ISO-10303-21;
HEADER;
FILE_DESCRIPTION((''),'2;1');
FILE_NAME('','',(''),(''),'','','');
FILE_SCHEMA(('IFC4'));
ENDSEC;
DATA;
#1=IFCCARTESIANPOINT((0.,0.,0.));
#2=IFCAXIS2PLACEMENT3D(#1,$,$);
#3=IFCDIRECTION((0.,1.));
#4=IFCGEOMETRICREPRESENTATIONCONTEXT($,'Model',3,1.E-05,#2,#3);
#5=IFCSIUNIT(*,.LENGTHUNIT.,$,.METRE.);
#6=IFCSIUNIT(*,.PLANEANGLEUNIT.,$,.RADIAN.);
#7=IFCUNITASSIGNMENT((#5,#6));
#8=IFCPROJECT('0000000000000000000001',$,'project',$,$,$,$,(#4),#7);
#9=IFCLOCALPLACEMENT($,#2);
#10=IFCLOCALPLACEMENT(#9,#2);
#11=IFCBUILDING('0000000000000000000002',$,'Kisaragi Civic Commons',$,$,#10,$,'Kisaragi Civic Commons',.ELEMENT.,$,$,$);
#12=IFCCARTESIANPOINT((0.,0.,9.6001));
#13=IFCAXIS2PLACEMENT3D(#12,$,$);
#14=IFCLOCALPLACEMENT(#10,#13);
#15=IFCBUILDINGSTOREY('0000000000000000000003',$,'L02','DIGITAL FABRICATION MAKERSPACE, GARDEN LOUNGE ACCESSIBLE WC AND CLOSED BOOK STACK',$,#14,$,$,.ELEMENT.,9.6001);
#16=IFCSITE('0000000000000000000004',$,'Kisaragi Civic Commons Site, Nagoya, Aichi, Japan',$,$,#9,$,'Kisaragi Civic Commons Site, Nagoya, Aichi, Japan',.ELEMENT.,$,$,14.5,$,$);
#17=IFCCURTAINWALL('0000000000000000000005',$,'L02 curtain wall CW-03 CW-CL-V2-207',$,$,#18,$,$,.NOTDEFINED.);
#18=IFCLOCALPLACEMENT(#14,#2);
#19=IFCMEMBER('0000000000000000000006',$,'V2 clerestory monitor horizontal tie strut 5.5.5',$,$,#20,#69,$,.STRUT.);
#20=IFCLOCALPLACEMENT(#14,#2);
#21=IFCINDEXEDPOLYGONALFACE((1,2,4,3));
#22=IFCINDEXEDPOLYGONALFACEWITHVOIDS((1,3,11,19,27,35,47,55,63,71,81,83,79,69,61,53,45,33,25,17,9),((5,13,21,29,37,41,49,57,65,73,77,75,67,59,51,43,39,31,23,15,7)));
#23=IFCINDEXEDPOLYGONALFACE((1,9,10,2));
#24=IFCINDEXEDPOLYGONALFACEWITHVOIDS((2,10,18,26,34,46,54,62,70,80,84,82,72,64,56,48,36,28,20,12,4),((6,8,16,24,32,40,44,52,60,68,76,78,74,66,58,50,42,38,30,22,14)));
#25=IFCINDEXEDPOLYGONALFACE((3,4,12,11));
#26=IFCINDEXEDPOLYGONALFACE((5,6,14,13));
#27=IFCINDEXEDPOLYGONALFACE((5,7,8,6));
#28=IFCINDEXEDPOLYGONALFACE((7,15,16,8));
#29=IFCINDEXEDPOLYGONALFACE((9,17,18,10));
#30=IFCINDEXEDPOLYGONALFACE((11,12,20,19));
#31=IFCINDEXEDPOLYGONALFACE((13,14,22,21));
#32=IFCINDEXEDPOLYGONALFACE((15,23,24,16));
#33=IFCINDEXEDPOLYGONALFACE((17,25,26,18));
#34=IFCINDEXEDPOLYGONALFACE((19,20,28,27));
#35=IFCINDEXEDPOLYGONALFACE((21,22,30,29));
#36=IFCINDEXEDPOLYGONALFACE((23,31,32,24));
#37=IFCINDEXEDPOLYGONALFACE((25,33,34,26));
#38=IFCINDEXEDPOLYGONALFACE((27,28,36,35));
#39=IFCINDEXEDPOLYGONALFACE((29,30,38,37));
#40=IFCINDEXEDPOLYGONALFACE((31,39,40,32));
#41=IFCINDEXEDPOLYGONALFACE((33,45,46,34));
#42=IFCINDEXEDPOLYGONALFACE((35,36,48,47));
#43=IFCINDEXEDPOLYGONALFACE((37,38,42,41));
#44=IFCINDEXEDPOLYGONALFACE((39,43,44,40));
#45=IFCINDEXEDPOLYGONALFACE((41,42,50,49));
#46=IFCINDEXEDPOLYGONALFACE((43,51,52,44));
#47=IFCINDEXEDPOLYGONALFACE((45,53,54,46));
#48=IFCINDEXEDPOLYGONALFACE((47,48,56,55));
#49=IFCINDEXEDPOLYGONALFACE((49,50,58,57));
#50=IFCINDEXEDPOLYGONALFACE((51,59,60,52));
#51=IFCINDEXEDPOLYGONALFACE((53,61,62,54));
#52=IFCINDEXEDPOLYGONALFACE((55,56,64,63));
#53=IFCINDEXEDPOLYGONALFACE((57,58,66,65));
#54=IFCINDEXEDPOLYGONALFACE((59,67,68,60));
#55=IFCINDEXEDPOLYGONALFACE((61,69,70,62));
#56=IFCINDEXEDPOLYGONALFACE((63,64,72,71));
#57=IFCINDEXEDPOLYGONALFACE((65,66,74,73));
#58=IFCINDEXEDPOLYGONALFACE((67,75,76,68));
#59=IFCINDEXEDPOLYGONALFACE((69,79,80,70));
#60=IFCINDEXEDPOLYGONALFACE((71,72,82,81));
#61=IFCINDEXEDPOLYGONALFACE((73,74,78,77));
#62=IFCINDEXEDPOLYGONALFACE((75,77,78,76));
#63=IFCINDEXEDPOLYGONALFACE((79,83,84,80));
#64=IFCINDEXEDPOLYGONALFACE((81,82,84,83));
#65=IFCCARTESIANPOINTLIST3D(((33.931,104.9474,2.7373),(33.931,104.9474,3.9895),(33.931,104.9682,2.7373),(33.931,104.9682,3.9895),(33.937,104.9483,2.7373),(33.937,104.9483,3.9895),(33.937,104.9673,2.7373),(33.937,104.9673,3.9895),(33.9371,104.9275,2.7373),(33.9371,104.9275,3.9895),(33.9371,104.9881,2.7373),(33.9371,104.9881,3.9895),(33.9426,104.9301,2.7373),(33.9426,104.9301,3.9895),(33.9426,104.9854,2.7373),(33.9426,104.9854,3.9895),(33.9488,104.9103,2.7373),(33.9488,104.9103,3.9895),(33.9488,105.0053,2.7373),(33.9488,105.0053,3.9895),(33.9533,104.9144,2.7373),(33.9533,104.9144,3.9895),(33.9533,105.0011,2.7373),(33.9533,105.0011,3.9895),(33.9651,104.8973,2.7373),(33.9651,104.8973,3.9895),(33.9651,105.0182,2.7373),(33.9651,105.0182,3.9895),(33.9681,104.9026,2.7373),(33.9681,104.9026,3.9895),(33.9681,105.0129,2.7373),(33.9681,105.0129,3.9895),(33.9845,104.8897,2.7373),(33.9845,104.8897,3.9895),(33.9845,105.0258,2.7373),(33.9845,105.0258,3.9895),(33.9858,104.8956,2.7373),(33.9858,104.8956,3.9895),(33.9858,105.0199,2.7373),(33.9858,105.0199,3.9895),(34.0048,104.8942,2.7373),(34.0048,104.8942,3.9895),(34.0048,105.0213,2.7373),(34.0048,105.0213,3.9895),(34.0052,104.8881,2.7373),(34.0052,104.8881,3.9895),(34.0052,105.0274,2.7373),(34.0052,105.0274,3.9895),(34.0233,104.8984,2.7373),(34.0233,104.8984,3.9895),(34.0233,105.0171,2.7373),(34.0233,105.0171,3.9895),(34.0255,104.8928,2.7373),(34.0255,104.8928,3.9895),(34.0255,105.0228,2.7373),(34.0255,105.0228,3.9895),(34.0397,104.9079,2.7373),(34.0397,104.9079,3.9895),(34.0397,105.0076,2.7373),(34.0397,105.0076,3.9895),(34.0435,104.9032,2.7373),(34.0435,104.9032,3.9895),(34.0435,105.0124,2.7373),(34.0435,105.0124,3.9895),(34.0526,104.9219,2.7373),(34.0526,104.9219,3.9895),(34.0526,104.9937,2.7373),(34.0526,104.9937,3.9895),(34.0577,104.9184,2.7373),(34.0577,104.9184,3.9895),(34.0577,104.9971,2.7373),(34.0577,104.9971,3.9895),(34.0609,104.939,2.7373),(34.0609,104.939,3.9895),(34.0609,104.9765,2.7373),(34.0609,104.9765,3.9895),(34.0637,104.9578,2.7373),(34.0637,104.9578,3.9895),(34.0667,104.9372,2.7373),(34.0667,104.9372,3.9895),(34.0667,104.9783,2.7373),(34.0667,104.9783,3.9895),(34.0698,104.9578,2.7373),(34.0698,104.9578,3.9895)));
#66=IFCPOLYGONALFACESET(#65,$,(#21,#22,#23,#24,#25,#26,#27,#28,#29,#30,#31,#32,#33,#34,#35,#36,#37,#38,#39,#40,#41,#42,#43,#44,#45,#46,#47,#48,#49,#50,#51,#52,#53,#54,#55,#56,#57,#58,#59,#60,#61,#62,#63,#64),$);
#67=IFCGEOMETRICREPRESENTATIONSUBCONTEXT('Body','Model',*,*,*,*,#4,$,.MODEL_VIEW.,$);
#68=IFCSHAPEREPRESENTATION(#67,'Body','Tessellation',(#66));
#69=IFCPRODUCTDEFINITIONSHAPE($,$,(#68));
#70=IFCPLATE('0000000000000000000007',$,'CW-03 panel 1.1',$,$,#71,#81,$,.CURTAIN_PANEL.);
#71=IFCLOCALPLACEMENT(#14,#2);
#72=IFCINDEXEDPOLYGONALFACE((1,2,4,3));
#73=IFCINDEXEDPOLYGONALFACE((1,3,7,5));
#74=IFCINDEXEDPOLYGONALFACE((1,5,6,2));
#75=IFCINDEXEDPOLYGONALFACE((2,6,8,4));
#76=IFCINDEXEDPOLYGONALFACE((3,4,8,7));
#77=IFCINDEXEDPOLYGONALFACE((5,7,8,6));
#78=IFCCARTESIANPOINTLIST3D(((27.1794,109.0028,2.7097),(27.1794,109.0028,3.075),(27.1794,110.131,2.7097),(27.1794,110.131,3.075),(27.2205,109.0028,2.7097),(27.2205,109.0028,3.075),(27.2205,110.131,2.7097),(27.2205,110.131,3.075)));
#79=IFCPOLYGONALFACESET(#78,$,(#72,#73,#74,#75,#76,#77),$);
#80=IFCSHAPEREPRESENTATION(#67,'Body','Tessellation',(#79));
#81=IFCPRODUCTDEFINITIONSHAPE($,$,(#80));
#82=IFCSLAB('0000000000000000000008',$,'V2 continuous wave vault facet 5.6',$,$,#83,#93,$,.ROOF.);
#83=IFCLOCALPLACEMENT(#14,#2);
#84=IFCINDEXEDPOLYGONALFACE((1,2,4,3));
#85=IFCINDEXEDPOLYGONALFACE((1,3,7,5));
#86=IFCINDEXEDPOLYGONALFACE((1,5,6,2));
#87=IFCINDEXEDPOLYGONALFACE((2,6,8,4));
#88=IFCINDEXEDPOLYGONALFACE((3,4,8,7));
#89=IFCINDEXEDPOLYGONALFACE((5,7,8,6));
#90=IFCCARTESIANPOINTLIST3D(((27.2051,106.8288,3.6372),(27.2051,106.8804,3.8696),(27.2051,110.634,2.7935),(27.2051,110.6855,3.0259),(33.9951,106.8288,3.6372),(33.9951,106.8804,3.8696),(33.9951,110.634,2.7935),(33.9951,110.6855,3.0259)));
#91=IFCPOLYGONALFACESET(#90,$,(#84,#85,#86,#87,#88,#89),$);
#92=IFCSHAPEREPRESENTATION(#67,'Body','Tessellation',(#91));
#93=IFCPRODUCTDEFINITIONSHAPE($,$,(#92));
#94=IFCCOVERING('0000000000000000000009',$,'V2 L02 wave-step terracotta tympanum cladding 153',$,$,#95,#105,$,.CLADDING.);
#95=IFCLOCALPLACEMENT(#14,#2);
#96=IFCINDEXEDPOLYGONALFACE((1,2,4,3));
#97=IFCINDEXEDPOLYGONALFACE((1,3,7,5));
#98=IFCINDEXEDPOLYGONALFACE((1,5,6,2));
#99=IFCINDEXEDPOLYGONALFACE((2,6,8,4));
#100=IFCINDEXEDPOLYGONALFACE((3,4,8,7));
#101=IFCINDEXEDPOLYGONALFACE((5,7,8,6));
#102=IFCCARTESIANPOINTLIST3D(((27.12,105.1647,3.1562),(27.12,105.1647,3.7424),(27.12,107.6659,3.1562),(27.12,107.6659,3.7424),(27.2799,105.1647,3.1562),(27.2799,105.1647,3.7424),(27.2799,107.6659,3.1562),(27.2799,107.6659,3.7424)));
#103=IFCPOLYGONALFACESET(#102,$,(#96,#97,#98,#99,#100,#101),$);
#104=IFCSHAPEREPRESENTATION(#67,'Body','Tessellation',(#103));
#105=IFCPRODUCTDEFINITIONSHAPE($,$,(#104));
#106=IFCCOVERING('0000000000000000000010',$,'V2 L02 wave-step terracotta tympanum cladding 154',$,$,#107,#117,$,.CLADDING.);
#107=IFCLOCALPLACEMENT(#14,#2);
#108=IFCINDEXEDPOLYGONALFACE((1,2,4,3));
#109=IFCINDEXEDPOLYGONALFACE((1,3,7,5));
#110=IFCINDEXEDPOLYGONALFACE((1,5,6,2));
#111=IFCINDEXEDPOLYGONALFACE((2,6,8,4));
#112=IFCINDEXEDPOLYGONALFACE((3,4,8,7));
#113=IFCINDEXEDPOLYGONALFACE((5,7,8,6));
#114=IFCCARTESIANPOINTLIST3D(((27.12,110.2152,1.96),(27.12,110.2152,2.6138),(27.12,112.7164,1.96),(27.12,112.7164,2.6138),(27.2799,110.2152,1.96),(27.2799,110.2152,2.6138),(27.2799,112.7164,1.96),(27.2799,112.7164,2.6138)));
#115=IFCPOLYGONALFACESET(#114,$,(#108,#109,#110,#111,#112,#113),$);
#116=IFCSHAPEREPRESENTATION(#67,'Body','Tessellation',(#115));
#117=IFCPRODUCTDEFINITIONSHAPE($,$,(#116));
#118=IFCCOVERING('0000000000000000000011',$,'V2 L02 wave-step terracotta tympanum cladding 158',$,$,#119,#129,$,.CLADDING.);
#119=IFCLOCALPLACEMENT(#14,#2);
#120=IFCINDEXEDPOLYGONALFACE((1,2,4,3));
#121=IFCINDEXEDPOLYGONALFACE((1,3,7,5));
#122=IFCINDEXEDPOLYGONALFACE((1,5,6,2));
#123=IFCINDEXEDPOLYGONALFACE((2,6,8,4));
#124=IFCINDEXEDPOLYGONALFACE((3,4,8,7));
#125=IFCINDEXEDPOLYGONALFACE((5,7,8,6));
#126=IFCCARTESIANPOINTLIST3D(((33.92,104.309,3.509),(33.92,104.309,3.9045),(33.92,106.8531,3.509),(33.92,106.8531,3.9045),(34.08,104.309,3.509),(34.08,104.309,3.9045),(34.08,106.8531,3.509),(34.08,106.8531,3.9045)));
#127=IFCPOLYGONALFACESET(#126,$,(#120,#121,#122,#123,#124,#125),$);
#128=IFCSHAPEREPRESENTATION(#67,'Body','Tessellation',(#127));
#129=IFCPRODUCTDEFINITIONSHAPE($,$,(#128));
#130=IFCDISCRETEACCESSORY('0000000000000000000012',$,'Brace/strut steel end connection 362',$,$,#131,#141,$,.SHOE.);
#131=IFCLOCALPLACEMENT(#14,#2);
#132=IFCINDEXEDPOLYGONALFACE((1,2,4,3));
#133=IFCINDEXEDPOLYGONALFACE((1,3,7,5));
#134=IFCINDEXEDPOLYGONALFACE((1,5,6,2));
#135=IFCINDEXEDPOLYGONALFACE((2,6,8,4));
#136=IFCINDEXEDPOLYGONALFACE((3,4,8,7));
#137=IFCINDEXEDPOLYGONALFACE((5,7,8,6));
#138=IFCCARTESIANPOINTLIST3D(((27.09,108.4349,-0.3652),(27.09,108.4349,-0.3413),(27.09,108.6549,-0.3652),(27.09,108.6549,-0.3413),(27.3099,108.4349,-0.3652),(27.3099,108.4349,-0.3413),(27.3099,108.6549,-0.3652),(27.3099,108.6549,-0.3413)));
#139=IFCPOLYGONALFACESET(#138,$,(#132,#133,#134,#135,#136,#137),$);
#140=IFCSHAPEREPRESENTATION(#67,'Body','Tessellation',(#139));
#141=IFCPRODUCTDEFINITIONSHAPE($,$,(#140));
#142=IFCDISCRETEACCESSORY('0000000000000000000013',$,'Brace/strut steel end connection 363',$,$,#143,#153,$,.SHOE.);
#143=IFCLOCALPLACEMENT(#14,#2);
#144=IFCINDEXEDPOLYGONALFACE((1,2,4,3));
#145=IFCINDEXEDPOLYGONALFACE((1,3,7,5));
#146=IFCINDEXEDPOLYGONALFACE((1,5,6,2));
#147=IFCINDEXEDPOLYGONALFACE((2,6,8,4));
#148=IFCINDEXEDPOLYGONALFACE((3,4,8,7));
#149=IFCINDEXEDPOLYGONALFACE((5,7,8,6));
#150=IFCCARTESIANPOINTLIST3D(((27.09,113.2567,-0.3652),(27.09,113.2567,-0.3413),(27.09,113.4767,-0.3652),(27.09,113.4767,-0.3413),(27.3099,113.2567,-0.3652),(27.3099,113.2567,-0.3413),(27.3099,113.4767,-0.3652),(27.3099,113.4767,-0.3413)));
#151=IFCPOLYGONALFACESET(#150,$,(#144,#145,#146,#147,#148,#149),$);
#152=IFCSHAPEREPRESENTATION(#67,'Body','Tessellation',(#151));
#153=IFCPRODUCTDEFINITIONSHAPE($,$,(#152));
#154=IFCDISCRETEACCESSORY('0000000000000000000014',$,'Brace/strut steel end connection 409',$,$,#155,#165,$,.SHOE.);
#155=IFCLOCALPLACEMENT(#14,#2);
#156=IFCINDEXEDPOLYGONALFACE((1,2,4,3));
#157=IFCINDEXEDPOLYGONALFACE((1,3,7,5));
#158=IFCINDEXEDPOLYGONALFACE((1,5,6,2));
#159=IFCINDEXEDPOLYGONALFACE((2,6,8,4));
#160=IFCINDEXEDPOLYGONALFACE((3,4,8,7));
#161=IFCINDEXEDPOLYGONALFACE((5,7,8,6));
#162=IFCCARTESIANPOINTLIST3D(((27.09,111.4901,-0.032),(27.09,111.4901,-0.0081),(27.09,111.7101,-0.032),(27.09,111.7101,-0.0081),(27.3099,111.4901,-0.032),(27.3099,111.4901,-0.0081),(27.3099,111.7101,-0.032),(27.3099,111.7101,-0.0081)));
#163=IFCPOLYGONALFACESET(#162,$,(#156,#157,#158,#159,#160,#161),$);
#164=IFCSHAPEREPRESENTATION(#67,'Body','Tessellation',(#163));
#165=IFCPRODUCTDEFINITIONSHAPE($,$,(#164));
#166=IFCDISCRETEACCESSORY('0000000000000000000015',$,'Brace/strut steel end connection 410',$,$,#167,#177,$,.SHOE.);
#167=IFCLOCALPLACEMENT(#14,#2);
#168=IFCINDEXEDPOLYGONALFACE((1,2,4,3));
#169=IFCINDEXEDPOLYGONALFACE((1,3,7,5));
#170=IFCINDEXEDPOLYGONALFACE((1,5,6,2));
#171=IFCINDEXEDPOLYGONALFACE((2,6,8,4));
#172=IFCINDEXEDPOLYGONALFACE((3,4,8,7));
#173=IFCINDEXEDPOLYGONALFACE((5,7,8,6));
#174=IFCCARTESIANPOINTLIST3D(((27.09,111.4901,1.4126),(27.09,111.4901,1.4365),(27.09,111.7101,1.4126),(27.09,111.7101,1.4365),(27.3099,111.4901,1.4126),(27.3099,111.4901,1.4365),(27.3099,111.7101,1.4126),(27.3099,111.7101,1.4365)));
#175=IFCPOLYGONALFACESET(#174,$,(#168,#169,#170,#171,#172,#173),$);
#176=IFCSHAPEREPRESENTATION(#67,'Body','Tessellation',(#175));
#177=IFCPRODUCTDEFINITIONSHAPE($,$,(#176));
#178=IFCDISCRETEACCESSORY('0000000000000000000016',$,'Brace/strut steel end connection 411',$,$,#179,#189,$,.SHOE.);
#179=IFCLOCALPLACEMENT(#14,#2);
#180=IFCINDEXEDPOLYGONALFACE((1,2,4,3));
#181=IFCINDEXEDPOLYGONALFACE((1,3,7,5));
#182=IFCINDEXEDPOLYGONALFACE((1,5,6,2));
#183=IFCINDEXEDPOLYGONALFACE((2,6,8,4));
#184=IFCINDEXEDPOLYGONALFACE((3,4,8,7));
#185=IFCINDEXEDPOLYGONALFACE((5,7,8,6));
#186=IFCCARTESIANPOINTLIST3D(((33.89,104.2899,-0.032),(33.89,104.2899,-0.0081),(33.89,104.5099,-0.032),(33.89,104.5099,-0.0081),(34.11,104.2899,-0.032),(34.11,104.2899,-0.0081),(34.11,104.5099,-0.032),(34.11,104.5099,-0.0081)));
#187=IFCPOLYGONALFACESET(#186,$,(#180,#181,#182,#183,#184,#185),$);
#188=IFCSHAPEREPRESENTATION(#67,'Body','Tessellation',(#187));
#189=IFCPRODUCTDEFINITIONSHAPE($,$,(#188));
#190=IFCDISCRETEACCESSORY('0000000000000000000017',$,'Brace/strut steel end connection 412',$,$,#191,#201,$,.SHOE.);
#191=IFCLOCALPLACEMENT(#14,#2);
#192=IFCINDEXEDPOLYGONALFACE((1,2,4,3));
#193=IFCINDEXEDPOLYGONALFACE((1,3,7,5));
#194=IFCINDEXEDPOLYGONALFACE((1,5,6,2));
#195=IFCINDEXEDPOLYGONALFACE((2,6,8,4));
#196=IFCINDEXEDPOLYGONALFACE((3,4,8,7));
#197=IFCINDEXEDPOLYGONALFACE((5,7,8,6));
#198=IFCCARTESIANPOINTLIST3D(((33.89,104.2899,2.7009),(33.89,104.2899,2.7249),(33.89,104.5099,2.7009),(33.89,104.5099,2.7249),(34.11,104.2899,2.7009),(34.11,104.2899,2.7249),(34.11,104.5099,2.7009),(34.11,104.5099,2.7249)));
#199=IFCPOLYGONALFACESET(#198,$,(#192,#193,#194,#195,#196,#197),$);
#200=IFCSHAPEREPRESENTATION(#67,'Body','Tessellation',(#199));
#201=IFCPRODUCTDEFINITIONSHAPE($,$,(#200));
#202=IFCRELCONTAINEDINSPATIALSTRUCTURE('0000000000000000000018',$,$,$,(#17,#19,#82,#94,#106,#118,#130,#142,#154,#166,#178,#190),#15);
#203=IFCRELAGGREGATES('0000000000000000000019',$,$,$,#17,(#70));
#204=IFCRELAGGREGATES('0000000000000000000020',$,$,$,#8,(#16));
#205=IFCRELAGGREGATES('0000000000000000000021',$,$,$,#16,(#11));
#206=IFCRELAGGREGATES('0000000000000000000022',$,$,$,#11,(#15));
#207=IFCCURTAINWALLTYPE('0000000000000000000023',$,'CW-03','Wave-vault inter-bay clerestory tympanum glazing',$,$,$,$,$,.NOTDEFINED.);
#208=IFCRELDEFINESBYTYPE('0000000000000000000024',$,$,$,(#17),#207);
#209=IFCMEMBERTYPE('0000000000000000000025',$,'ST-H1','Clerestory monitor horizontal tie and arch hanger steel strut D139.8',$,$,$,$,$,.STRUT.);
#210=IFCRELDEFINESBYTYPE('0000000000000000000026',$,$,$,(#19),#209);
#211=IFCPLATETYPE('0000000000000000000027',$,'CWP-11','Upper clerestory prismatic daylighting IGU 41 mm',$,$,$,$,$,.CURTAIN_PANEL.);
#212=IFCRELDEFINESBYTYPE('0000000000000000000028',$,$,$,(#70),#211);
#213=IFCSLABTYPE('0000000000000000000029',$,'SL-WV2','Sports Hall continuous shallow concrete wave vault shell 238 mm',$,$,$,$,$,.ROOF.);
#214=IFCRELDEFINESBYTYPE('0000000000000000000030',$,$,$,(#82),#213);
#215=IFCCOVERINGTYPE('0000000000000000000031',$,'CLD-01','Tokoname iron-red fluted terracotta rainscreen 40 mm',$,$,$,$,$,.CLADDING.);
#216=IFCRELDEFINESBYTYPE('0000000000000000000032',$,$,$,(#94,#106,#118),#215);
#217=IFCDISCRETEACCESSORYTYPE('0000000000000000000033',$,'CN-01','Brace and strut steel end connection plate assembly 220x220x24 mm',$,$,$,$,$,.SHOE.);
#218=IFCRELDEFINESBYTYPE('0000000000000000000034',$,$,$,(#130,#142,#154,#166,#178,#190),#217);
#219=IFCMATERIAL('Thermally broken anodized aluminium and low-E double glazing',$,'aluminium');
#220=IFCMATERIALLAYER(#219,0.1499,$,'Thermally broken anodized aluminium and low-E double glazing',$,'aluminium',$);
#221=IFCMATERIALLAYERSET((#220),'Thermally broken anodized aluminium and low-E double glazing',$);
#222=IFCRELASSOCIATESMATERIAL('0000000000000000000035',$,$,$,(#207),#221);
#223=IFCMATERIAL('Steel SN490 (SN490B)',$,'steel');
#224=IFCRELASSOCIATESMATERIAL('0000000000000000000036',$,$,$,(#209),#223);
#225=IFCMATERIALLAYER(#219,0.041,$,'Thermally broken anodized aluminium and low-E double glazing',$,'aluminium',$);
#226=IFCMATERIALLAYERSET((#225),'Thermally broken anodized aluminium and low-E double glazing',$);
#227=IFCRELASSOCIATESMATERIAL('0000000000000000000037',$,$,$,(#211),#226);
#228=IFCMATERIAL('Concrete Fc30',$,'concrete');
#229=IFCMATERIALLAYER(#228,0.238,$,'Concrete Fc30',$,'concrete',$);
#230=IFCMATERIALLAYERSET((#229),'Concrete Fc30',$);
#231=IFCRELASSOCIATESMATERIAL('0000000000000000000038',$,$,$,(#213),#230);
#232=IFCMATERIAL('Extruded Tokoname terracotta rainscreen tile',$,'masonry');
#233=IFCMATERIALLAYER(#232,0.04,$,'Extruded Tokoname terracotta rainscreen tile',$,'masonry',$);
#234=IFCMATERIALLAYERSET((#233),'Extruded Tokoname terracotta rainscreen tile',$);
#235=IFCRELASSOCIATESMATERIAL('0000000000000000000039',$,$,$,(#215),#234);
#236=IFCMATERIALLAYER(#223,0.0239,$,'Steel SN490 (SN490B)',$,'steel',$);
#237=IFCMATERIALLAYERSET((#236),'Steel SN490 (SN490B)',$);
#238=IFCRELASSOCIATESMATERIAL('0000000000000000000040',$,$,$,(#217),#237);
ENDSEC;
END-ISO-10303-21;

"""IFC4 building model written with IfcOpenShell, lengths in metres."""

from ifc_helpers import new_model, si_unit, direction, frame, origin, origin_2d, place, context, subcontext, project, spatial, polyline, rectangle, hollow_circle, outline, extrude, material, layer, layer_set, material_profile, profile_set, type_object, element, aggregate, save


model = new_model("IFC4")

# Units and contexts
model_context = context("Model", 3, precision=1e-05, world=origin(), true_north=direction((0.0, 1.0)))
body_context = subcontext(model_context, "Body", "Model", "MODEL_VIEW")
ifc_project = project(units=[si_unit("LENGTHUNIT", "METRE"), si_unit("PLANEANGLEUNIT", "RADIAN")], contexts=[model_context])

# Site, building, storey
site_placement = place(None, origin())
site = spatial("IfcSite", under=ifc_project, at=site_placement, Name="Kisaragi Civic Commons Site, Nagoya, Aichi, Japan", LongName="Kisaragi Civic Commons Site, Nagoya, Aichi, Japan", CompositionType="ELEMENT", RefElevation=14.5)
building_placement = place(site_placement, origin())
building = spatial("IfcBuilding", under=site, at=building_placement, Name="Kisaragi Civic Commons", LongName="Kisaragi Civic Commons", CompositionType="ELEMENT")
storey_placement = place(building_placement, frame((0.0, 0.0, 9.6001)))
storey = spatial("IfcBuildingStorey", under=building, at=storey_placement, Name="L02", Description="DIGITAL FABRICATION MAKERSPACE, GARDEN LOUNGE ACCESSIBLE WC AND CLOSED BOOK STACK", CompositionType="ELEMENT", Elevation=9.6001)

# Curtain wall
ifc_material_1 = material(Name="Thermally broken anodized aluminium and low-E double glazing", Category="aluminium")
ifc_layer_1 = layer(ifc_material_1, 0.1499, Name="Thermally broken anodized aluminium and low-E double glazing", Category="aluminium")
ifc_layer_set_1 = layer_set([ifc_layer_1], Name="Thermally broken anodized aluminium and low-E double glazing")
curtain_wall_type = type_object("IfcCurtainWallType", Name="CW-03", Description="Wave-vault inter-bay clerestory tympanum glazing", PredefinedType="NOTDEFINED", material=ifc_layer_set_1)
curtain_wall_placement = place(storey_placement, origin())
curtain_wall = element("IfcCurtainWall", 1, at=curtain_wall_placement, inside=storey, type_object=curtain_wall_type, Name="L02 curtain wall CW-03 CW-CL-V2-207", PredefinedType="NOTDEFINED")

# Member
ifc_material_2 = material(Name="Steel SN490 (SN490B)", Category="steel")
ifc_material_profile_1 = material_profile(ifc_material_2, hollow_circle(Radius=0.0698, WallThickness=0.0061, at=origin_2d()), Name="CHS-139.8x6.0", Category="steel")
ifc_profile_set_1 = profile_set([ifc_material_profile_1], Name="Steel SN490 (SN490B)")
member_type_1 = type_object("IfcMemberType", Name="ST-H1", Description="Clerestory monitor horizontal tie and arch hanger steel strut D139.8", PredefinedType="STRUT", material=ifc_profile_set_1)
member_1_placement = place(storey_placement, frame((34.0, 104.9578, 2.7373), z_axis=(0.0, 0.0, 1.0), x_axis=(1.0, 0.0, 0.0)))
element("IfcMember", 2, at=member_1_placement, inside=storey, type_object=member_type_1, Name="V2 clerestory monitor horizontal tie strut 5.5.5", PredefinedType="STRUT", context=body_context, shape_type="SweptSolid", body=[
    extrude(hollow_circle(Radius=0.0698, WallThickness=0.0061, at=origin_2d()), origin(), (0.0, 0.0, 1.0), 1.2522),
])

# Plate
ifc_layer_2 = layer(ifc_material_1, 0.041, Name="Thermally broken anodized aluminium and low-E double glazing", Category="aluminium")
ifc_layer_set_2 = layer_set([ifc_layer_2], Name="Thermally broken anodized aluminium and low-E double glazing")
plate_type = type_object("IfcPlateType", Name="CWP-11", Description="Upper clerestory prismatic daylighting IGU 41 mm", PredefinedType="CURTAIN_PANEL", material=ifc_layer_set_2)
plate_placement = place(storey_placement, frame((27.2, 109.5669, 2.7097), z_axis=(0.0, 0.0, 1.0), x_axis=(0.0, 1.0, 0.0)))
plate = element("IfcPlate", 3, at=plate_placement, type_object=plate_type, Name="CW-03 panel 1.1", PredefinedType="CURTAIN_PANEL", context=body_context, shape_type="SweptSolid", body=[
    extrude(rectangle(XDim=1.1282, YDim=0.041, at=origin_2d()), origin(), (0.0, 0.0, 1.0), 0.3652),
])
aggregate(curtain_wall, [plate])

# Slab
ifc_material_3 = material(Name="Concrete Fc30", Category="concrete")
ifc_layer_3 = layer(ifc_material_3, 0.238, Name="Concrete Fc30", Category="concrete")
ifc_layer_set_3 = layer_set([ifc_layer_3], Name="Concrete Fc30")
slab_type = type_object("IfcSlabType", Name="SL-WV2", Description="Sports Hall continuous shallow concrete wave vault shell 238 mm", PredefinedType="ROOF", material=ifc_layer_set_3)
slab_placement = place(storey_placement, frame((33.9951, 110.6855, 3.0259), z_axis=(0.0, 0.216479, 0.976287), x_axis=(-1.0, 0.0, 0.0)))
element("IfcSlab", 4, at=slab_placement, inside=storey, type_object=slab_type, Name="V2 continuous wave vault facet 5.6", PredefinedType="ROOF", context=body_context, shape_type="SweptSolid", body=[
    extrude(outline(polyline([(0.0, 0.0), (6.79, 0.0), (6.79, 3.8976), (0.0, 3.8976), (0.0, 0.0)])), origin(), (0.0, 0.0, -1.0), 0.238),
])

# Coverings
ifc_material_4 = material(Name="Extruded Tokoname terracotta rainscreen tile", Category="masonry")
ifc_layer_4 = layer(ifc_material_4, 0.04, Name="Extruded Tokoname terracotta rainscreen tile", Category="masonry")
ifc_layer_set_4 = layer_set([ifc_layer_4], Name="Extruded Tokoname terracotta rainscreen tile")
covering_type = type_object("IfcCoveringType", Name="CLD-01", Description="Tokoname iron-red fluted terracotta rainscreen 40 mm", PredefinedType="CLADDING", material=ifc_layer_set_4)
covering_1_placement = place(storey_placement, frame((27.2, 106.4153, 3.1562), z_axis=(0.0, 0.0, 1.0), x_axis=(0.0, 1.0, 0.0)))
element("IfcCovering", 5, at=covering_1_placement, inside=storey, type_object=covering_type, Name="V2 L02 wave-step terracotta tympanum cladding 153", PredefinedType="CLADDING", context=body_context, shape_type="SweptSolid", body=[
    extrude(rectangle(XDim=2.5012, YDim=0.1599, at=origin_2d()), origin(), (0.0, 0.0, 1.0), 0.5862),
])
covering_2_placement = place(storey_placement, frame((27.2, 111.4658, 1.96), z_axis=(0.0, 0.0, 1.0), x_axis=(0.0, 1.0, 0.0)))
element("IfcCovering", 6, at=covering_2_placement, inside=storey, type_object=covering_type, Name="V2 L02 wave-step terracotta tympanum cladding 154", PredefinedType="CLADDING", context=body_context, shape_type="SweptSolid", body=[
    extrude(rectangle(XDim=2.5012, YDim=0.1599, at=origin_2d()), origin(), (0.0, 0.0, 1.0), 0.6538),
])
covering_3_placement = place(storey_placement, frame((34.0, 105.5811, 3.509), z_axis=(0.0, 0.0, 1.0), x_axis=(0.0, 1.0, 0.0)))
element("IfcCovering", 7, at=covering_3_placement, inside=storey, type_object=covering_type, Name="V2 L02 wave-step terracotta tympanum cladding 158", PredefinedType="CLADDING", context=body_context, shape_type="SweptSolid", body=[
    extrude(rectangle(XDim=2.5442, YDim=0.1599, at=origin_2d()), origin(), (0.0, 0.0, 1.0), 0.3955),
])

# Discrete accessories
ifc_layer_5 = layer(ifc_material_2, 0.0239, Name="Steel SN490 (SN490B)", Category="steel")
ifc_layer_set_5 = layer_set([ifc_layer_5], Name="Steel SN490 (SN490B)")
discrete_accessory_type = type_object("IfcDiscreteAccessoryType", Name="CN-01", Description="Brace and strut steel end connection plate assembly 220x220x24 mm", PredefinedType="SHOE", material=ifc_layer_set_5)
for number, where, z_axis, x_axis, name in (
    (8, (27.2, 108.5449, -0.3652), (0.0, 0.0, 1.0), (1.0, 0.0, 0.0), "Brace/strut steel end connection 362"),
    (9, (27.2, 113.3667, -0.3652), (0.0, 0.0, 1.0), (1.0, 0.0, 0.0), "Brace/strut steel end connection 363"),
    (10, (27.2, 111.6001, -0.032), (0.0, 0.0, 1.0), (1.0, 0.0, 0.0), "Brace/strut steel end connection 409"),
    (11, (27.2, 111.6001, 1.4126), (0.0, 0.0, 1.0), (1.0, 0.0, 0.0), "Brace/strut steel end connection 410"),
    (12, (34.0, 104.3999, -0.032), (0.0, 0.0, 1.0), (1.0, 0.0, 0.0), "Brace/strut steel end connection 411"),
    (13, (34.0, 104.3999, 2.7009), (0.0, 0.0, 1.0), (1.0, 0.0, 0.0), "Brace/strut steel end connection 412"),
):
    element("IfcDiscreteAccessory", number, at=place(storey_placement, frame(where, z_axis=z_axis, x_axis=x_axis)), inside=storey, type_object=discrete_accessory_type, Name=name, PredefinedType="SHOE", context=body_context, shape_type="SweptSolid", body=[
        extrude(rectangle(XDim=0.22, YDim=0.22, at=origin_2d()), origin(), (0.0, 0.0, 1.0), 0.0239),
    ])

save(model, "model.ifc")
